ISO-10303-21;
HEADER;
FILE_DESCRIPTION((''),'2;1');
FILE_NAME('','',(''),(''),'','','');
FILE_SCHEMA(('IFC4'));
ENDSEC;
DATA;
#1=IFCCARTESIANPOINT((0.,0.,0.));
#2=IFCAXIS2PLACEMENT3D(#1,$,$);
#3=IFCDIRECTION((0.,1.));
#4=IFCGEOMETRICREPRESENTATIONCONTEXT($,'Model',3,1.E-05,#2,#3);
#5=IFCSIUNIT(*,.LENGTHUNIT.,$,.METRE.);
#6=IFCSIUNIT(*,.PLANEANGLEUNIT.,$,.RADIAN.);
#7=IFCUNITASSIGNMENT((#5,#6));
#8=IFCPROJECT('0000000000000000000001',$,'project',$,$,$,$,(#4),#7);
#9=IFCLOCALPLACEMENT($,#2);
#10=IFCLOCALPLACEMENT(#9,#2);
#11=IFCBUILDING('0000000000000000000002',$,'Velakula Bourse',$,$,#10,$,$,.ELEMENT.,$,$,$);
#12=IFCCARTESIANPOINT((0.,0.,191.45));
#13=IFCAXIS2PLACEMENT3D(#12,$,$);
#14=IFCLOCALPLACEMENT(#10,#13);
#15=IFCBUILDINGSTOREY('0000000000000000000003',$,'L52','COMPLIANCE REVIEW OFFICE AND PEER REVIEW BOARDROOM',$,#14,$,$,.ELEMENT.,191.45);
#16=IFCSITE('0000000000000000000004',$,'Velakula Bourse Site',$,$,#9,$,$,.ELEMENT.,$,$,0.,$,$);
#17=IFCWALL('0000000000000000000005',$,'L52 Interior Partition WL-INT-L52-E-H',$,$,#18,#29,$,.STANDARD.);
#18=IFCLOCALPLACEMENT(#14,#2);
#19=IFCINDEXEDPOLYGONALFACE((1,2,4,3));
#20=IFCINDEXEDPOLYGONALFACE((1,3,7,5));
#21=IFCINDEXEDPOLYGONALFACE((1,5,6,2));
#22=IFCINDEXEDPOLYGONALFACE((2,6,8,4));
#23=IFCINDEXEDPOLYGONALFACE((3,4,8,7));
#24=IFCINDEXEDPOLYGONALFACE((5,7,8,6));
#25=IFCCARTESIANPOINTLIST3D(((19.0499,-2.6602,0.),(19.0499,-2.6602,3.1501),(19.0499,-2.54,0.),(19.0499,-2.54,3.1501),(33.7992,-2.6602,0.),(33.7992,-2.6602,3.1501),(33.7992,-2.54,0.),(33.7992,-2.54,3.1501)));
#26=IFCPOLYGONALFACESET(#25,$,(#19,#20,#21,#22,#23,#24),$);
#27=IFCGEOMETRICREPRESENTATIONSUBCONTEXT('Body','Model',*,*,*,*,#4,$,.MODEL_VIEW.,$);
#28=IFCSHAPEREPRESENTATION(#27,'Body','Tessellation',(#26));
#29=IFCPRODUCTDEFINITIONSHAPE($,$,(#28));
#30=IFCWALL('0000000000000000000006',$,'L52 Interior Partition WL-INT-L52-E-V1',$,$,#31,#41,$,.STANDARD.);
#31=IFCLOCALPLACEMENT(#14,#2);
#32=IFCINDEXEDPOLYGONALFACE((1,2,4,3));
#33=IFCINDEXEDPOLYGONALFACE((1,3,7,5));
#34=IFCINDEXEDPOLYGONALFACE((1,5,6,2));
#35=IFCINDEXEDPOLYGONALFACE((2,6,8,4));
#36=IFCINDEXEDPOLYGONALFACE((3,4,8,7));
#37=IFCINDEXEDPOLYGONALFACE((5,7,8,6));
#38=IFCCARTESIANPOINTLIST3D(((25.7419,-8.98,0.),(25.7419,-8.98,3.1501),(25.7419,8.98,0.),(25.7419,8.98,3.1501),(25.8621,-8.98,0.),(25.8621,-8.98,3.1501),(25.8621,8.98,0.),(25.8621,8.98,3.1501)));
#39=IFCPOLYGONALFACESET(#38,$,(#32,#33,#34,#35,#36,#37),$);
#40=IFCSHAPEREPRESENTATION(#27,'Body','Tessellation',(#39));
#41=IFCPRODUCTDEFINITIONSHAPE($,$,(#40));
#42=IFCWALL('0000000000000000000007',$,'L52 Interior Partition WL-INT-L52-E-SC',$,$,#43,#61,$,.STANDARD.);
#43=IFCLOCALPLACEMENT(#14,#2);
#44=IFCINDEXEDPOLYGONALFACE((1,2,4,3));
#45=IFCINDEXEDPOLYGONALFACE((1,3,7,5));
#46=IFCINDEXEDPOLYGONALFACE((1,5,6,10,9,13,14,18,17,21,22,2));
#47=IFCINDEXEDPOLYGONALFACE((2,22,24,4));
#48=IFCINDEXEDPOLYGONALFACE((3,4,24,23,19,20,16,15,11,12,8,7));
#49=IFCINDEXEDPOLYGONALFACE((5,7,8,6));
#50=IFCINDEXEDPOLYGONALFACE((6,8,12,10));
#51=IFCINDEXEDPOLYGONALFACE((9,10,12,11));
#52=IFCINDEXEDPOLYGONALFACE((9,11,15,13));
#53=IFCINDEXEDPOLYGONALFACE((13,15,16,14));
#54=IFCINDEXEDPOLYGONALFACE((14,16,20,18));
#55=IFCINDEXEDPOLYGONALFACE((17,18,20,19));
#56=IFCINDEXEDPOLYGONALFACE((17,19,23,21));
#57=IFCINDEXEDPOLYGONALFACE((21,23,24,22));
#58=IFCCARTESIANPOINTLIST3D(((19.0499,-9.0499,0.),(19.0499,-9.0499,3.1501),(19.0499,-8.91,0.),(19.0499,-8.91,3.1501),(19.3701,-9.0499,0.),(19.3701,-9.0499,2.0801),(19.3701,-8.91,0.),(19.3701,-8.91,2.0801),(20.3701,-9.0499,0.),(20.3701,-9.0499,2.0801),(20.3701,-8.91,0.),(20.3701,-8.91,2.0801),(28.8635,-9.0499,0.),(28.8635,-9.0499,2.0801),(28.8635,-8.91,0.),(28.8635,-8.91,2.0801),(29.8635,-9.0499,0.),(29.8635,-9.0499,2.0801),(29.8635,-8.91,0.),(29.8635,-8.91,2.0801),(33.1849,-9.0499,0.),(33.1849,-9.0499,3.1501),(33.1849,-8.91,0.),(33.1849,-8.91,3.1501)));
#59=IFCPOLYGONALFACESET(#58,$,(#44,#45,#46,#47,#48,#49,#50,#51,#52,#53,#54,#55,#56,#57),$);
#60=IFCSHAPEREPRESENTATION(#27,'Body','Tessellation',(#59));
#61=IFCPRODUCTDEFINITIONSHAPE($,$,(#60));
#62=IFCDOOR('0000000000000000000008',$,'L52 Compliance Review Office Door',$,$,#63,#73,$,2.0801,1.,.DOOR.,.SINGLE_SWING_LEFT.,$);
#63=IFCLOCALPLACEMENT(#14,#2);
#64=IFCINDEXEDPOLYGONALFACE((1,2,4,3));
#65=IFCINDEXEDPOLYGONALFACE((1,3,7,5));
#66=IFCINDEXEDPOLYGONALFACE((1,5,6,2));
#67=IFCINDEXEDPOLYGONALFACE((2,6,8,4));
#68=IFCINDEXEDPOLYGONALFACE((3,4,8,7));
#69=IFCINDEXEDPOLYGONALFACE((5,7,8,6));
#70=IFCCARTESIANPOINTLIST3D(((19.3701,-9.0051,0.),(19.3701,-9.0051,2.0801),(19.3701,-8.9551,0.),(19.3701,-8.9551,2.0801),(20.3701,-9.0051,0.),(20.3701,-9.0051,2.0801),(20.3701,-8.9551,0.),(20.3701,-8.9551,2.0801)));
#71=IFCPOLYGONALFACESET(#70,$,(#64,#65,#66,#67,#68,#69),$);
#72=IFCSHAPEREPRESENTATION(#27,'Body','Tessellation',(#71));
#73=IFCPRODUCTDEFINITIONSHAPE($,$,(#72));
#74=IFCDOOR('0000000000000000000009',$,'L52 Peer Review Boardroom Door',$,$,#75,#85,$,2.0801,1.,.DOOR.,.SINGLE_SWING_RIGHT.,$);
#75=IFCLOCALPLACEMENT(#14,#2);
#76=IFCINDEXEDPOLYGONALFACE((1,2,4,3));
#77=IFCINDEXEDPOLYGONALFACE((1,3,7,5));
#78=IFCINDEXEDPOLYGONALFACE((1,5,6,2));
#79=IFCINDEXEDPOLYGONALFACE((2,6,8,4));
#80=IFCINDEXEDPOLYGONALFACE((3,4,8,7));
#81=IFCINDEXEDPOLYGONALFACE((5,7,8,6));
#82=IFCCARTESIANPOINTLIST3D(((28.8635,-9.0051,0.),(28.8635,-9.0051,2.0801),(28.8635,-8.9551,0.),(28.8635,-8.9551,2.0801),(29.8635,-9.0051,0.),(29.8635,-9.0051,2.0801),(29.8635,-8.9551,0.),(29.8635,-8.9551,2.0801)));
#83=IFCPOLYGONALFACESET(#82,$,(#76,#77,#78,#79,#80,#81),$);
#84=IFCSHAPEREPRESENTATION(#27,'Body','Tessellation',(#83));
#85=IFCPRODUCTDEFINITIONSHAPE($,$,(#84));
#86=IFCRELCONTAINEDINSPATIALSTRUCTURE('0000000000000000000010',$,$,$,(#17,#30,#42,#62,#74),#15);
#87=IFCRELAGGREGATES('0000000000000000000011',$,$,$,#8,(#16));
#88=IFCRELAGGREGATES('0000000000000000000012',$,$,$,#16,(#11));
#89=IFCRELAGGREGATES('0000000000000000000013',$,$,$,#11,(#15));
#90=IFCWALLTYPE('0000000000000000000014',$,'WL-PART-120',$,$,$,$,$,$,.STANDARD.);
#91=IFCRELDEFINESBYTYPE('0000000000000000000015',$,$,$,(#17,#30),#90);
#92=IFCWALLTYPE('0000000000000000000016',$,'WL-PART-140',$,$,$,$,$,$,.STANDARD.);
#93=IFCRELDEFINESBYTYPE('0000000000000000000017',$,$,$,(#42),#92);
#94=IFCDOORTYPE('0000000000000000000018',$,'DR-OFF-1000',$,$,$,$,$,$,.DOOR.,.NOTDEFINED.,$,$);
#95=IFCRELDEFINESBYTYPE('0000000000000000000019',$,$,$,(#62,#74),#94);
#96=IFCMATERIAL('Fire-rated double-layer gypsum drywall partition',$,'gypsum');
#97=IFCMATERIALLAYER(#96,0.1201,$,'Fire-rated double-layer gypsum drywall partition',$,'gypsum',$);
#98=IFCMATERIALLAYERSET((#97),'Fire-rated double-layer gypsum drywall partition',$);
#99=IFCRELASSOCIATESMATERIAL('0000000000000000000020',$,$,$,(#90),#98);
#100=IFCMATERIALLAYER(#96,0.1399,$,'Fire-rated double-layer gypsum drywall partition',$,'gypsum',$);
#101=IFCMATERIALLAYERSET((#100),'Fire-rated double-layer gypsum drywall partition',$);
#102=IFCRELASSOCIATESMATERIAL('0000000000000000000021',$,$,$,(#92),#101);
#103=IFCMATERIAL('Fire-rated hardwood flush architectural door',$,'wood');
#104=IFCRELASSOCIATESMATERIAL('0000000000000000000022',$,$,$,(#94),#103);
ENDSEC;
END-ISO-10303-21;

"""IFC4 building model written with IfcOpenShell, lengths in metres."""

from ifc_helpers import new_model, si_unit, direction, frame, frame_2d, origin, place, context, subcontext, project, spatial, rectangle, extrude, material, layer, layer_set, type_object, element, fill, save


model = new_model("IFC4")

# Units and contexts
model_context = context("Model", 3, precision=1e-05, world=origin(), true_north=direction((0.0, 1.0)))
body_context = subcontext(model_context, "Body", "Model", "MODEL_VIEW")
ifc_project = project(units=[si_unit("LENGTHUNIT", "METRE"), si_unit("PLANEANGLEUNIT", "RADIAN")], contexts=[model_context])

# Site, building, storey
site_placement = place(None, origin())
site = spatial("IfcSite", under=ifc_project, at=site_placement, Name="Velakula Bourse Site", CompositionType="ELEMENT", RefElevation=0.0)
building_placement = place(site_placement, origin())
building = spatial("IfcBuilding", under=site, at=building_placement, Name="Velakula Bourse", CompositionType="ELEMENT")
storey_placement = place(building_placement, frame((0.0, 0.0, 191.45)))
storey = spatial("IfcBuildingStorey", under=building, at=storey_placement, Name="L52", Description="COMPLIANCE REVIEW OFFICE AND PEER REVIEW BOARDROOM", CompositionType="ELEMENT", Elevation=191.45)

# Walls
ifc_material_1 = material(Name="Fire-rated double-layer gypsum drywall partition", Category="gypsum")
ifc_layer_1 = layer(ifc_material_1, 0.1201, Name="Fire-rated double-layer gypsum drywall partition", Category="gypsum")
ifc_layer_set_1 = layer_set([ifc_layer_1], Name="Fire-rated double-layer gypsum drywall partition")
wall_type_1 = type_object("IfcWallType", Name="WL-PART-120", PredefinedType="STANDARD", material=ifc_layer_set_1)
wall_1_placement = place(storey_placement, frame((19.05, -2.6001, 0.0), z_axis=(0.0, 0.0, 1.0), x_axis=(1.0, 0.0, 0.0)))
element("IfcWall", 1, at=wall_1_placement, inside=storey, type_object=wall_type_1, Name="L52 Interior Partition WL-INT-L52-E-H", PredefinedType="STANDARD", context=body_context, shape_type="SweptSolid", body=[
    extrude(rectangle(XDim=14.7493, YDim=0.1201, at=frame_2d((7.3745, 0.0))), origin(), (0.0, 0.0, 1.0), 3.1501),
])
wall_2_placement = place(storey_placement, frame((25.802, -8.98, 0.0), z_axis=(0.0, 0.0, 1.0), x_axis=(0.0, 1.0, 0.0)))
element("IfcWall", 2, at=wall_2_placement, inside=storey, type_object=wall_type_1, Name="L52 Interior Partition WL-INT-L52-E-V1", PredefinedType="STANDARD", context=body_context, shape_type="SweptSolid", body=[
    extrude(rectangle(XDim=17.96, YDim=0.1201, at=frame_2d((8.98, 0.0))), origin(), (0.0, 0.0, 1.0), 3.1501),
])

# Wall, openings, doors
ifc_layer_2 = layer(ifc_material_1, 0.1399, Name="Fire-rated double-layer gypsum drywall partition", Category="gypsum")
ifc_layer_set_2 = layer_set([ifc_layer_2], Name="Fire-rated double-layer gypsum drywall partition")
wall_type_2 = type_object("IfcWallType", Name="WL-PART-140", PredefinedType="STANDARD", material=ifc_layer_set_2)
wall_3_placement = place(storey_placement, frame((19.05, -8.98, 0.0), z_axis=(0.0, 0.0, 1.0), x_axis=(1.0, 0.0, 0.0)))
wall_3 = element("IfcWall", 3, at=wall_3_placement, inside=storey, type_object=wall_type_2, Name="L52 Interior Partition WL-INT-L52-E-SC", PredefinedType="STANDARD", context=body_context, shape_type="SweptSolid", body=[
    extrude(rectangle(XDim=14.135, YDim=0.1399, at=frame_2d((7.0674, 0.0))), origin(), (0.0, 0.0, 1.0), 3.1501),
])
opening_1_placement = place(wall_3_placement, frame((0.3201, 0.0, 0.0)))
opening_1 = element("IfcOpeningElement", 4, at=opening_1_placement, cuts=wall_3, PredefinedType="OPENING", context=body_context, shape_type="SweptSolid", body=[
    extrude(rectangle(XDim=1.0, YDim=2.0801, at=frame_2d((0.5, 1.04))), frame((0.0, 0.0798, 0.0), z_axis=(0.0, -1.0, 0.0), x_axis=(1.0, 0.0, 0.0)), (0.0, 0.0, 1.0), 0.1599),
])
opening_2_placement = place(wall_3_placement, frame((9.8135, 0.0, 0.0)))
opening_2 = element("IfcOpeningElement", 5, at=opening_2_placement, cuts=wall_3, PredefinedType="OPENING", context=body_context, shape_type="SweptSolid", body=[
    extrude(rectangle(XDim=1.0, YDim=2.0801, at=frame_2d((0.5, 1.04))), frame((0.0, 0.0798, 0.0), z_axis=(0.0, -1.0, 0.0), x_axis=(1.0, 0.0, 0.0)), (0.0, 0.0, 1.0), 0.1599),
])
ifc_material_2 = material(Name="Fire-rated hardwood flush architectural door", Category="wood")
door_type = type_object("IfcDoorType", Name="DR-OFF-1000", OperationType="NOTDEFINED", PredefinedType="DOOR", material=ifc_material_2)
door_1_placement = place(opening_1_placement, origin())
door_1 = element("IfcDoor", 6, at=door_1_placement, inside=storey, type_object=door_type, Name="L52 Compliance Review Office Door", OperationType="SINGLE_SWING_LEFT", OverallHeight=2.0801, OverallWidth=1.0, PredefinedType="DOOR", context=body_context, shape_type="SweptSolid", body=[
    extrude(rectangle(XDim=1.0, YDim=2.0801, at=frame_2d((0.5, 1.04))), frame((0.0, 0.0249, 0.0), z_axis=(0.0, -1.0, 0.0), x_axis=(1.0, 0.0, 0.0)), (0.0, 0.0, 1.0), 0.05),
])
fill(opening_1, door_1)
door_2_placement = place(opening_2_placement, origin())
door_2 = element("IfcDoor", 7, at=door_2_placement, inside=storey, type_object=door_type, Name="L52 Peer Review Boardroom Door", OperationType="SINGLE_SWING_RIGHT", OverallHeight=2.0801, OverallWidth=1.0, PredefinedType="DOOR", context=body_context, shape_type="SweptSolid", body=[
    extrude(rectangle(XDim=1.0, YDim=2.0801, at=frame_2d((0.5, 1.04))), frame((0.0, 0.0249, 0.0), z_axis=(0.0, -1.0, 0.0), x_axis=(1.0, 0.0, 0.0)), (0.0, 0.0, 1.0), 0.05),
])
fill(opening_2, door_2)

save(model, "model.ifc")
